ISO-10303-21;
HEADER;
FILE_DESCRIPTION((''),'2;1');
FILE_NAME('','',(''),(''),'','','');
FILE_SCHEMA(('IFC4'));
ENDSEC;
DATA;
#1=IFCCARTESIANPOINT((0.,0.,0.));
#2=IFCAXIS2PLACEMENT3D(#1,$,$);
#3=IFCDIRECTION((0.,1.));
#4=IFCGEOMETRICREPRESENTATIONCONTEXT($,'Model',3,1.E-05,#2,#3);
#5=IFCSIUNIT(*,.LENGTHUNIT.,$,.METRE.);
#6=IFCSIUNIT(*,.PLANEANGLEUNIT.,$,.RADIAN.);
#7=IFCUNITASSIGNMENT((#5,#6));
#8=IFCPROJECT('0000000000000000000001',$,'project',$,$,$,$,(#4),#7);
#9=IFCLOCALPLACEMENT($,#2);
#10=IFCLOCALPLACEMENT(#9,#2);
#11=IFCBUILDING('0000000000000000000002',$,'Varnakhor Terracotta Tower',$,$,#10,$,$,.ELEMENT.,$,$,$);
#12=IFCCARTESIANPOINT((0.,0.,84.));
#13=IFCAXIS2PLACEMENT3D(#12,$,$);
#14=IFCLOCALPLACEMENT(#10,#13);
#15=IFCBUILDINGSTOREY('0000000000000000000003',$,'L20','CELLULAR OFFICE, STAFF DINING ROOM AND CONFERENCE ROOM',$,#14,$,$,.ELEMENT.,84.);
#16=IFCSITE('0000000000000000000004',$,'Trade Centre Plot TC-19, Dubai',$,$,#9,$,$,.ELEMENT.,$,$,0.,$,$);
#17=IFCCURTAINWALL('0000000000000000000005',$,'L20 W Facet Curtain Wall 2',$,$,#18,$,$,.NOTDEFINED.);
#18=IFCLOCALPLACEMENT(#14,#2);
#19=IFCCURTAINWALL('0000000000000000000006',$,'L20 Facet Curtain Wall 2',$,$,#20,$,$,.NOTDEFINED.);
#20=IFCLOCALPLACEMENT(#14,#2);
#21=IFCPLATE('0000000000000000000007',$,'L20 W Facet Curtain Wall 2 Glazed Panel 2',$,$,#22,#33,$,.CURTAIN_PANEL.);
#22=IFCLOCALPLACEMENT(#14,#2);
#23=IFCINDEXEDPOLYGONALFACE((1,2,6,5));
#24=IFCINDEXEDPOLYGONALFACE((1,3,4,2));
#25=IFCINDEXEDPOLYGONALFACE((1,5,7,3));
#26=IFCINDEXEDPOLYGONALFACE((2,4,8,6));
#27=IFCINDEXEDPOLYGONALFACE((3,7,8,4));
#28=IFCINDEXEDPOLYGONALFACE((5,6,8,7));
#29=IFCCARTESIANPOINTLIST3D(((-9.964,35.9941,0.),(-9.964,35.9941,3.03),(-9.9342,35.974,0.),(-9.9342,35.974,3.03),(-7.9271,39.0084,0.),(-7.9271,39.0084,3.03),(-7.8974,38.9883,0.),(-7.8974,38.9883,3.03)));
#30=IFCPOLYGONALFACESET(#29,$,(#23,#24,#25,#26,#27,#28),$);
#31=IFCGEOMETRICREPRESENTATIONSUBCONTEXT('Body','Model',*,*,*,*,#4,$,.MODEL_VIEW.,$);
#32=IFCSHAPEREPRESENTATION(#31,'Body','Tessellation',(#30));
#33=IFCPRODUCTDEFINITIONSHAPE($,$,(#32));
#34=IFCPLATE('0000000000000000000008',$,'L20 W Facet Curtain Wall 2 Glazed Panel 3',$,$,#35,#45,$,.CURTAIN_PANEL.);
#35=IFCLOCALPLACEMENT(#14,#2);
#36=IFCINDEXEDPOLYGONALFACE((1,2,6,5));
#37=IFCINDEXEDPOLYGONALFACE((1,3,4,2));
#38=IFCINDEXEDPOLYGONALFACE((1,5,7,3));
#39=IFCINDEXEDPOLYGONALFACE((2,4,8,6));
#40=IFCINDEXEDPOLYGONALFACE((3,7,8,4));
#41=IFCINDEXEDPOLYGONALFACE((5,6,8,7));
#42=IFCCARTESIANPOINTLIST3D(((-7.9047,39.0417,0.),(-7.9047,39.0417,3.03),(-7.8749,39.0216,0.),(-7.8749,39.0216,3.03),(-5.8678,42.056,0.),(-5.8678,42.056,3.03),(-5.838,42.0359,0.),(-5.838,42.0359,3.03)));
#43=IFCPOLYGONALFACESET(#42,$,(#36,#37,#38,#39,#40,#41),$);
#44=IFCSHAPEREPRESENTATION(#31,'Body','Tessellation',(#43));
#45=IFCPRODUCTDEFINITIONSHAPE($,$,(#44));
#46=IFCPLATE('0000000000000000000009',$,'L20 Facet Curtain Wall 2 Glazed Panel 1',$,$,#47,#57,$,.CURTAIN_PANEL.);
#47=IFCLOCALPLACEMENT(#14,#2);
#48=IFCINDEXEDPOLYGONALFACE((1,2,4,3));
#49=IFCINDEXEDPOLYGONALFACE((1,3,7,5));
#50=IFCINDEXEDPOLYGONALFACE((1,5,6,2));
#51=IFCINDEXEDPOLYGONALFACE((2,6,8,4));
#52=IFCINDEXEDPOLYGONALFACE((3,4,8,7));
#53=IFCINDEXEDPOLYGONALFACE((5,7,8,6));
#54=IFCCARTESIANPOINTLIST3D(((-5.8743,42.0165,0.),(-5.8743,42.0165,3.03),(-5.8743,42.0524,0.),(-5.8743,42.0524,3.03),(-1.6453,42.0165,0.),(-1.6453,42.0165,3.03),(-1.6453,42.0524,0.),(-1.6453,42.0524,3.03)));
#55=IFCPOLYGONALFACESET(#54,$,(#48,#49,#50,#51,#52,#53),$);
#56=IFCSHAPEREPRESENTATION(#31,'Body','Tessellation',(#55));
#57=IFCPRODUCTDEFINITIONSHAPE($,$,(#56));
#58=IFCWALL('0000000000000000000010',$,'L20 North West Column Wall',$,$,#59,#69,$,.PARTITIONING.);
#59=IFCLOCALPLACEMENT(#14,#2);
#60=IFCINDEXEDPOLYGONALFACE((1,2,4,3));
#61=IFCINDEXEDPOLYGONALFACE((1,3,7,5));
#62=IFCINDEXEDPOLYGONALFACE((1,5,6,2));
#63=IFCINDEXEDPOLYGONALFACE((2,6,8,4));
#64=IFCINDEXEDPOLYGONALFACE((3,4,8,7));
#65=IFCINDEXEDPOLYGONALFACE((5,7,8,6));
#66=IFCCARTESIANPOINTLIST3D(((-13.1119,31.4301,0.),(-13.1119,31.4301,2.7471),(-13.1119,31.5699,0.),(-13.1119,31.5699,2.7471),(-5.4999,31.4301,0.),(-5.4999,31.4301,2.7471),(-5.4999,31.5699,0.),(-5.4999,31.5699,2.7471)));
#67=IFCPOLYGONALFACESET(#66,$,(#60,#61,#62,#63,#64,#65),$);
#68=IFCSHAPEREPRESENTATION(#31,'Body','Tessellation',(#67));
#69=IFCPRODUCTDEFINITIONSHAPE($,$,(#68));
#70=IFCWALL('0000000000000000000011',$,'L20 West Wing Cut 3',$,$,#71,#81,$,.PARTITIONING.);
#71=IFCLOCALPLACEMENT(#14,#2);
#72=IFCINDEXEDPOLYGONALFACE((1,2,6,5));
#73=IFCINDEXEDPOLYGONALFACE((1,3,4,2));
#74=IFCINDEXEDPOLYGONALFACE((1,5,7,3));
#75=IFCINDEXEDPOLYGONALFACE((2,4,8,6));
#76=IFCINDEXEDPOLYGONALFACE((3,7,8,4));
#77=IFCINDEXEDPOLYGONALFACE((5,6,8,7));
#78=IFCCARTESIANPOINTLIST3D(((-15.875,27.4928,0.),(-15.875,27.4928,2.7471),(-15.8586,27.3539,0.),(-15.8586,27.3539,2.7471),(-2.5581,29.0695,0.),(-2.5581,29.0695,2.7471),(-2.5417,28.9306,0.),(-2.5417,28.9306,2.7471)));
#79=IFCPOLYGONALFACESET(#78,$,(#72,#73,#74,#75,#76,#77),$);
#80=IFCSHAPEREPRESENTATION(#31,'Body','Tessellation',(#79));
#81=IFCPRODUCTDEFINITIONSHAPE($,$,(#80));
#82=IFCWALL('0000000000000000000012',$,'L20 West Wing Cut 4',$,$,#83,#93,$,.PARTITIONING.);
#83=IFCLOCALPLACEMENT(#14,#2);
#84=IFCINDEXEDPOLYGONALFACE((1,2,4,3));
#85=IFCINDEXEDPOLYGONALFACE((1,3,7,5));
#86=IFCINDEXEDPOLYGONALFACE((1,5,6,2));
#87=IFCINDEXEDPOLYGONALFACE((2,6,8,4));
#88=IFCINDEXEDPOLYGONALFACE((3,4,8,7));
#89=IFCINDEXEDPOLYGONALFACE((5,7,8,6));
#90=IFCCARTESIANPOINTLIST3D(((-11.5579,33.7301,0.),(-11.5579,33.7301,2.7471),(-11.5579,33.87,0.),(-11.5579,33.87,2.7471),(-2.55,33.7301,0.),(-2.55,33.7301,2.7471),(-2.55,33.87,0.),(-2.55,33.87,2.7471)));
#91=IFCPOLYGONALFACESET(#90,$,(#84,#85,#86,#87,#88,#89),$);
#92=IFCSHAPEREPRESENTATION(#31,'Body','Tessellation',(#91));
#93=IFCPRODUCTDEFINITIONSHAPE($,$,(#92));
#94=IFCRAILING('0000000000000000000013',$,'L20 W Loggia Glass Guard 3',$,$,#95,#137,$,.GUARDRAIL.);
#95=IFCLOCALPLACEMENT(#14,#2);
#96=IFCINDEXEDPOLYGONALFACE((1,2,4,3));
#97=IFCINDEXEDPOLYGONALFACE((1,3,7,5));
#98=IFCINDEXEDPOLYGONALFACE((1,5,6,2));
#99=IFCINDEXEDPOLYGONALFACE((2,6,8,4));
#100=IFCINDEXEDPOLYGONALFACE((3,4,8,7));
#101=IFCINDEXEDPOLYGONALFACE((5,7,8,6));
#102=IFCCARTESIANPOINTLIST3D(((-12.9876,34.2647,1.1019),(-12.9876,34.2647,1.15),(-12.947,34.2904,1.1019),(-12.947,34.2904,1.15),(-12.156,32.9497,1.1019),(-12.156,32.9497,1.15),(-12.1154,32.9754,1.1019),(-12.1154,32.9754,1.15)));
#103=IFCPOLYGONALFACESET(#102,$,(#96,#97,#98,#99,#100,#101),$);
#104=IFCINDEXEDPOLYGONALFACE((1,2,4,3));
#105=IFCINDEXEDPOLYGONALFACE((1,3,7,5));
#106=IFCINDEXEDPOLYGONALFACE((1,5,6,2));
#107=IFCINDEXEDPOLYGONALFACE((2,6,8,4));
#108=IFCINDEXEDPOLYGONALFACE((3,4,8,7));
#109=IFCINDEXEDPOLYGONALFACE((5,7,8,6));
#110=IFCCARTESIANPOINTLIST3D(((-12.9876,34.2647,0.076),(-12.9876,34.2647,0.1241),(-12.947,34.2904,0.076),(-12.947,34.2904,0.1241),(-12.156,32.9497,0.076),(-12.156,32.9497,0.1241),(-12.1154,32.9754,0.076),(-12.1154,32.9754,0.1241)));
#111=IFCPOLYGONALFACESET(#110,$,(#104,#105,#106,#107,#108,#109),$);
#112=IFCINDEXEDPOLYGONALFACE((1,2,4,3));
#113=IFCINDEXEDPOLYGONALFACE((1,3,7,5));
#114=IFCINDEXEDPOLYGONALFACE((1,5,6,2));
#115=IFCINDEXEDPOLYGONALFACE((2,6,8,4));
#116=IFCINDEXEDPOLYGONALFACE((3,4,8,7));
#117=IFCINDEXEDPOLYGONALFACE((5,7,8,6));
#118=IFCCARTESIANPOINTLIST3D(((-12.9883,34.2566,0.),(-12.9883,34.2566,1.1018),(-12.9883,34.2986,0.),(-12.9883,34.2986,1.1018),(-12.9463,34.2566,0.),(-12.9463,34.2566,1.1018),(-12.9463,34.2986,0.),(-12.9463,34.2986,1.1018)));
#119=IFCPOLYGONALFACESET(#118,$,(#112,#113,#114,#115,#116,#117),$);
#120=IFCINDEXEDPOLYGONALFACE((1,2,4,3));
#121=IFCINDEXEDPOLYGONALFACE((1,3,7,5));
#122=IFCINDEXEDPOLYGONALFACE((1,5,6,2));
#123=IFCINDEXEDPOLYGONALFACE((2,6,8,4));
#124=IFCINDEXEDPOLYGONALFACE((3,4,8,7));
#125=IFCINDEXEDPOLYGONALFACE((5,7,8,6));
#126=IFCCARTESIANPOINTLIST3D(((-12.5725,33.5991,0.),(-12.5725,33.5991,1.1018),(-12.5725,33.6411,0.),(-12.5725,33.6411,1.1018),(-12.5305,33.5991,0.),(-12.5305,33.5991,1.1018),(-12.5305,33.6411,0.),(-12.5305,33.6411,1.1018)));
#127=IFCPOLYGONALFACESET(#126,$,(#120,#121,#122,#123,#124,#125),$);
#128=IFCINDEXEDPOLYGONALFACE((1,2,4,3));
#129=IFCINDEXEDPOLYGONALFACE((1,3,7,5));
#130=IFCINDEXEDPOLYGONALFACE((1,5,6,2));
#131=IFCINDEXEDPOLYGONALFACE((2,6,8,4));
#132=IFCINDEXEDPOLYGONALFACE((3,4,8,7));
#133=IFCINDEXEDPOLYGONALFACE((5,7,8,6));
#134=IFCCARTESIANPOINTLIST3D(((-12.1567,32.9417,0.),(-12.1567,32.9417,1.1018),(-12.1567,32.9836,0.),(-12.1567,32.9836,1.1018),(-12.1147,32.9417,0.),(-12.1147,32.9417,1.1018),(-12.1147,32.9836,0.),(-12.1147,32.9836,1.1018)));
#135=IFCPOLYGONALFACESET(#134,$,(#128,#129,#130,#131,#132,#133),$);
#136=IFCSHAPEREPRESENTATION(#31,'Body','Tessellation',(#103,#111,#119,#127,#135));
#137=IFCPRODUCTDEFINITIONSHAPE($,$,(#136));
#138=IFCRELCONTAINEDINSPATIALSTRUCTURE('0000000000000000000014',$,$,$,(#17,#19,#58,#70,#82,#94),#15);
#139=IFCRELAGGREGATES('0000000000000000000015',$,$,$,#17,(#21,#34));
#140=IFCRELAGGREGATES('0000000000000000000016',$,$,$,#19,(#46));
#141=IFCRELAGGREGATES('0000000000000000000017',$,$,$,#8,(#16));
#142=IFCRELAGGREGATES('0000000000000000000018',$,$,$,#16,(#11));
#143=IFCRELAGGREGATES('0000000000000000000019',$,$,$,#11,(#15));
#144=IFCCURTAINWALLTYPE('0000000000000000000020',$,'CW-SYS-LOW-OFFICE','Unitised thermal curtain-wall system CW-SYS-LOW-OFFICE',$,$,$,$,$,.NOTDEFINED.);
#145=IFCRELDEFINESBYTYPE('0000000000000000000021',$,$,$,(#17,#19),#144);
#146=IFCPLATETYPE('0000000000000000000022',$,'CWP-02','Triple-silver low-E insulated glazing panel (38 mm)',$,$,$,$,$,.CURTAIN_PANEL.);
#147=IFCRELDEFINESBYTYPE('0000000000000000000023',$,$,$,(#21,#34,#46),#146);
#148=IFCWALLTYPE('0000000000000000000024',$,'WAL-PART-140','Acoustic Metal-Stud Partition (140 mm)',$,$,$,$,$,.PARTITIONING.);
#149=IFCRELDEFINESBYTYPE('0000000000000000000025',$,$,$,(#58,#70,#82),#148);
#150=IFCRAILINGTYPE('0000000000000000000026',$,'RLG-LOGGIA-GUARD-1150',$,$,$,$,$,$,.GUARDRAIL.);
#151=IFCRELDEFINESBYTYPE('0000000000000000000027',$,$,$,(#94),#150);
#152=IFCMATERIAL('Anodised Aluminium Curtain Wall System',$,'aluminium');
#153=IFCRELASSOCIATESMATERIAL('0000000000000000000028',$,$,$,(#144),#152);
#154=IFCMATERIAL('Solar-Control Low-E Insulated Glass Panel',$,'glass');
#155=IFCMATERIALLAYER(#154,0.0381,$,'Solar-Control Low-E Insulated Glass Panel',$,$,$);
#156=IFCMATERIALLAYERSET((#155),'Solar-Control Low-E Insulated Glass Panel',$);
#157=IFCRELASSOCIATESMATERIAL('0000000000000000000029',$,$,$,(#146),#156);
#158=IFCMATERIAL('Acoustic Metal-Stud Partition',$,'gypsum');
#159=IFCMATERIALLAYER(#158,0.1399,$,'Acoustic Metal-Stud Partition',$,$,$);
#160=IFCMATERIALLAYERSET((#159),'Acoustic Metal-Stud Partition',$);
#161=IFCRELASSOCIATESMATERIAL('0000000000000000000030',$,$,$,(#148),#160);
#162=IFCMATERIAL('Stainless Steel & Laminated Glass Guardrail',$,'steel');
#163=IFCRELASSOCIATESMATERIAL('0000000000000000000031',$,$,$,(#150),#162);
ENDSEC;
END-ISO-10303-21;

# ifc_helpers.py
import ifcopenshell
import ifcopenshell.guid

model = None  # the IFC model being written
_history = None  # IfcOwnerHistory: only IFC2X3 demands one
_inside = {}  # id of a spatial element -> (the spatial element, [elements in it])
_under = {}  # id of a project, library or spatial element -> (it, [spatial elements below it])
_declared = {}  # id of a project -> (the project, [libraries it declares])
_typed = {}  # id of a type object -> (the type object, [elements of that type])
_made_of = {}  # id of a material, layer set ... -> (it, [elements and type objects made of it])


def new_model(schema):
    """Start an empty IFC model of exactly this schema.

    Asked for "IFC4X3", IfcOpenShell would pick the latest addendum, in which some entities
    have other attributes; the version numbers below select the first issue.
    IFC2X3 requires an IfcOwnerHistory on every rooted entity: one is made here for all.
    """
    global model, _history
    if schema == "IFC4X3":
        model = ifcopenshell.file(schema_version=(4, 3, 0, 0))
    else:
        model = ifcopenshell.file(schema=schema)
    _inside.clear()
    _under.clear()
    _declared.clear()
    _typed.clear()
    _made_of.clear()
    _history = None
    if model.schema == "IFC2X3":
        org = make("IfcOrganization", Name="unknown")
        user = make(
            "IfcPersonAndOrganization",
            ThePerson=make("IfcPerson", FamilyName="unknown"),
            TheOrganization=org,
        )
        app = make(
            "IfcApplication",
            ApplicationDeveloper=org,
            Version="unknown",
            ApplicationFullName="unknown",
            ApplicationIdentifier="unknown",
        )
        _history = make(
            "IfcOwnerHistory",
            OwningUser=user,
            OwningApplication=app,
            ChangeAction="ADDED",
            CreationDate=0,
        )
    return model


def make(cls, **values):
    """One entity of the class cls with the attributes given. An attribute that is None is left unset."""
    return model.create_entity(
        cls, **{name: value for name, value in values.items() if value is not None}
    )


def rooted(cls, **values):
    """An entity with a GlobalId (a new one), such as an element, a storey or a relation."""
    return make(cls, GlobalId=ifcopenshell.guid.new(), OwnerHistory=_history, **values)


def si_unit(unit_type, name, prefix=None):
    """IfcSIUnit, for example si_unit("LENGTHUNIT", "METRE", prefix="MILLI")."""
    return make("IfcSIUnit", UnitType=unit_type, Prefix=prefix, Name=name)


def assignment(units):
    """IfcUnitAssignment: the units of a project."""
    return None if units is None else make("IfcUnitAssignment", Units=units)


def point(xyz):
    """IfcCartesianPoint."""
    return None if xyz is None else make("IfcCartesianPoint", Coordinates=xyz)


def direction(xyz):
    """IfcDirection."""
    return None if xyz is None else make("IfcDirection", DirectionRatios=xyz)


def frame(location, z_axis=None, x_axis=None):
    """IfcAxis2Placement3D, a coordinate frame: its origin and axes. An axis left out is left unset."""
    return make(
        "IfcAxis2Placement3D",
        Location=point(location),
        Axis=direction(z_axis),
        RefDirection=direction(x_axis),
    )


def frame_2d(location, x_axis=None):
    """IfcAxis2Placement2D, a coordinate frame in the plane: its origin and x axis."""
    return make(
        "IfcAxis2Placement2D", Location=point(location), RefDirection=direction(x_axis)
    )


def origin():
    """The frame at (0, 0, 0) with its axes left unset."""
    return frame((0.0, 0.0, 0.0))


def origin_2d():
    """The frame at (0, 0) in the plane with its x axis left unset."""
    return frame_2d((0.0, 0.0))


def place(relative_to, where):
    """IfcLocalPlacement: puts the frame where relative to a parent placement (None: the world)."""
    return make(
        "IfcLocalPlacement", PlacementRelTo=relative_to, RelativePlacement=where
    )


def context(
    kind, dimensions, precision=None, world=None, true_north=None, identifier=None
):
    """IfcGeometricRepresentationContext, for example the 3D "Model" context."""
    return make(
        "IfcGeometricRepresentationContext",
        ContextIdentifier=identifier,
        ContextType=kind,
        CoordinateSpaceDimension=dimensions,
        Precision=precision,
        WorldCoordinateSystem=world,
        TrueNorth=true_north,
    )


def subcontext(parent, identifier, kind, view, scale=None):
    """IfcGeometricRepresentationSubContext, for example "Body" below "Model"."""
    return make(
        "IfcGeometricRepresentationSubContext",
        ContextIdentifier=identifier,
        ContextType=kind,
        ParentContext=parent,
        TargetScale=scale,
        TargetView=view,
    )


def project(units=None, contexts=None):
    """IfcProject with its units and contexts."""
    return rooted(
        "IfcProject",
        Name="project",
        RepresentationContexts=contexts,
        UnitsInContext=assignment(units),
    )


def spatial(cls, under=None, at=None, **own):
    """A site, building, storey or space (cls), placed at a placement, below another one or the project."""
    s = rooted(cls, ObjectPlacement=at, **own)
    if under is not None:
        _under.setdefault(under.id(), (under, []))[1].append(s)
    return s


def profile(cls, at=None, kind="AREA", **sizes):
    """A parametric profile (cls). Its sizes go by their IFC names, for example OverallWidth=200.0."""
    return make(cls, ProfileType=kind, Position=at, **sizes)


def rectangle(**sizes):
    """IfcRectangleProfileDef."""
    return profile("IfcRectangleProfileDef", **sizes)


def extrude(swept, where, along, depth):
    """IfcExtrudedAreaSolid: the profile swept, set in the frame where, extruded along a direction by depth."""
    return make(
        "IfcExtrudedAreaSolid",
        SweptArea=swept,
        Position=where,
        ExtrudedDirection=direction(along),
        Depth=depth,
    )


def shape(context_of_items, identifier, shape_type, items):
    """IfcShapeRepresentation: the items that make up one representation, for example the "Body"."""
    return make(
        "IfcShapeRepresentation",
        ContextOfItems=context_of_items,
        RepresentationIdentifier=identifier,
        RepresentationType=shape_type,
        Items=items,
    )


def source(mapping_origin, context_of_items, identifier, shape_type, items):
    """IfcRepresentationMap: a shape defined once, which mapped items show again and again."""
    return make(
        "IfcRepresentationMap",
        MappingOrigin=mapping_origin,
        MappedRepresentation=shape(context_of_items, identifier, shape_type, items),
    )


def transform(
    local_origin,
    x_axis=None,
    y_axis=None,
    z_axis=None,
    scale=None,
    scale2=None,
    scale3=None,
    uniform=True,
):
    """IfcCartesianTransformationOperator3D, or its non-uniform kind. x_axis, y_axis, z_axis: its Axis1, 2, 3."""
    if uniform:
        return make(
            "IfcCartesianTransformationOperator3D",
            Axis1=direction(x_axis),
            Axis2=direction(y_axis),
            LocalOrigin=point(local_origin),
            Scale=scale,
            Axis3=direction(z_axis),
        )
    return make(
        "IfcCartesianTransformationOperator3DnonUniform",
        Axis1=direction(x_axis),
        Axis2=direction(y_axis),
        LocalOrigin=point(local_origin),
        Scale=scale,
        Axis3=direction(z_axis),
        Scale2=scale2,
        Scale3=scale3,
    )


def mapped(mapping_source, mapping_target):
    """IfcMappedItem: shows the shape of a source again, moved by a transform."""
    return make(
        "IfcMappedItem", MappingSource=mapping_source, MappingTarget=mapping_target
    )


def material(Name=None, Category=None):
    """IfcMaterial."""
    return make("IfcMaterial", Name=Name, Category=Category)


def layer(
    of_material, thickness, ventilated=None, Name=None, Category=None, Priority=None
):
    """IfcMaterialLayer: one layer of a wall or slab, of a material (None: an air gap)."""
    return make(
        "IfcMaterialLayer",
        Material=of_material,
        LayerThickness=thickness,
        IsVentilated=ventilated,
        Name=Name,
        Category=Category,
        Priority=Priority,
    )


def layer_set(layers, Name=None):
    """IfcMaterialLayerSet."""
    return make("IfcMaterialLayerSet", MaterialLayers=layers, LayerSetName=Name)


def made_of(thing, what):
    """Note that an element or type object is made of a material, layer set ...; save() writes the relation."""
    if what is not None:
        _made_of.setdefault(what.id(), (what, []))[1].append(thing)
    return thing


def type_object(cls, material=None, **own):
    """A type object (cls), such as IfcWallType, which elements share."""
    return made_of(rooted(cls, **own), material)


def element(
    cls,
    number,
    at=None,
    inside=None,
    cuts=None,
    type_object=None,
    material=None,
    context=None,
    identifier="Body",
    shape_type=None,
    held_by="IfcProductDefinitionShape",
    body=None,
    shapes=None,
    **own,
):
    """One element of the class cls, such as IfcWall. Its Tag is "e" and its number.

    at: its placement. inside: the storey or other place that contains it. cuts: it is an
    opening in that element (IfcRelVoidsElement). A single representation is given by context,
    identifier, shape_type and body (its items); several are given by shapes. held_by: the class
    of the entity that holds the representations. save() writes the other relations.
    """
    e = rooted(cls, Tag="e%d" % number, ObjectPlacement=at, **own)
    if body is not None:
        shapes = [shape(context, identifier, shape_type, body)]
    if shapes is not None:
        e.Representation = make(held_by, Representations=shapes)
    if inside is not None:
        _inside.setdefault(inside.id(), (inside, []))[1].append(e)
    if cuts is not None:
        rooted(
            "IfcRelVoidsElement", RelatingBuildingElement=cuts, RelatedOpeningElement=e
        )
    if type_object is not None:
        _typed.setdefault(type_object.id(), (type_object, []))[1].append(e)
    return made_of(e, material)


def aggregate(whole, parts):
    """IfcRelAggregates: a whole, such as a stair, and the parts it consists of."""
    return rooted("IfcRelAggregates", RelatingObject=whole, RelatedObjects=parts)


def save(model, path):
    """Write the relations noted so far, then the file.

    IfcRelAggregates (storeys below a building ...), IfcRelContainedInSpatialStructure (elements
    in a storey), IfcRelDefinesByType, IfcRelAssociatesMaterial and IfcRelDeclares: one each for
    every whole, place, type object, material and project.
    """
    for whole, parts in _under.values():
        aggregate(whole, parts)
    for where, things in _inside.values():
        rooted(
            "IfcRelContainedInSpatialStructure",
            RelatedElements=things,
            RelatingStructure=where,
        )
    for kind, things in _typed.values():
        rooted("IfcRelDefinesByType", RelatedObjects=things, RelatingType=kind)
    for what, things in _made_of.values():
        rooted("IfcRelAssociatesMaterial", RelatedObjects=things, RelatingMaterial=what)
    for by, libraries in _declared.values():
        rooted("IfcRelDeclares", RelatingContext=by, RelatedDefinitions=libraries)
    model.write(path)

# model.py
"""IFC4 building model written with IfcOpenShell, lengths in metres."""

from ifc_helpers import new_model, si_unit, direction, frame, frame_2d, origin, origin_2d, place, context, subcontext, project, spatial, rectangle, extrude, source, transform, mapped, material, layer, layer_set, type_object, element, aggregate, save


model = new_model("IFC4")

# Units and contexts
model_context = context("Model", 3, precision=1e-05, world=origin(), true_north=direction((0.0, 1.0)))
body_context = subcontext(model_context, "Body", "Model", "MODEL_VIEW")
ifc_project = project(units=[si_unit("LENGTHUNIT", "METRE"), si_unit("PLANEANGLEUNIT", "RADIAN")], contexts=[model_context])

# Site, building, storey
site_placement = place(None, origin())
site = spatial("IfcSite", under=ifc_project, at=site_placement, Name="Trade Centre Plot TC-19, Dubai", CompositionType="ELEMENT", RefElevation=0.0)
building_placement = place(site_placement, origin())
building = spatial("IfcBuilding", under=site, at=building_placement, Name="Varnakhor Terracotta Tower", CompositionType="ELEMENT")
storey_placement = place(building_placement, frame((0.0, 0.0, 84.0)))
storey = spatial("IfcBuildingStorey", under=building, at=storey_placement, Name="L20", Description="CELLULAR OFFICE, STAFF DINING ROOM AND CONFERENCE ROOM", CompositionType="ELEMENT", Elevation=84.0)

# Curtain walls
ifc_material_1 = material(Name="Anodised Aluminium Curtain Wall System", Category="aluminium")
curtain_wall_type = type_object("IfcCurtainWallType", Name="CW-SYS-LOW-OFFICE", Description="Unitised thermal curtain-wall system CW-SYS-LOW-OFFICE", PredefinedType="NOTDEFINED", material=ifc_material_1)
curtain_wall_1_placement = place(storey_placement, origin())
curtain_wall_1 = element("IfcCurtainWall", 1, at=curtain_wall_1_placement, inside=storey, type_object=curtain_wall_type, Name="L20 W Facet Curtain Wall 2", PredefinedType="NOTDEFINED")
curtain_wall_2_placement = place(storey_placement, origin())
curtain_wall_2 = element("IfcCurtainWall", 2, at=curtain_wall_2_placement, inside=storey, type_object=curtain_wall_type, Name="L20 Facet Curtain Wall 2", PredefinedType="NOTDEFINED")

# Plates
ifc_material_2 = material(Name="Solar-Control Low-E Insulated Glass Panel", Category="glass")
ifc_layer_1 = layer(ifc_material_2, 0.0381, Name="Solar-Control Low-E Insulated Glass Panel")
ifc_layer_set_1 = layer_set([ifc_layer_1], Name="Solar-Control Low-E Insulated Glass Panel")
plate_type = type_object("IfcPlateType", Name="CWP-02", Description="Triple-silver low-E insulated glazing panel (38 mm)", PredefinedType="CURTAIN_PANEL", material=ifc_layer_set_1)
shared_shape_1 = source(origin(), body_context, "Body", "SweptSolid", [
    extrude(rectangle(XDim=3.6379, YDim=0.0359, at=origin_2d()), origin(), (0.0, 0.0, 1.0), 3.03),
])
plate_1_placement = place(storey_placement, frame((-8.9307, 37.4912, 0.0), z_axis=(0.0, 0.0, 1.0), x_axis=(0.559902, 0.828559, 0.0)))
plate_1 = element("IfcPlate", 3, at=plate_1_placement, type_object=plate_type, Name="L20 W Facet Curtain Wall 2 Glazed Panel 2", PredefinedType="CURTAIN_PANEL", context=body_context, shape_type="MappedRepresentation", body=[
    mapped(shared_shape_1, transform((0.0, 0.0, 0.0), scale=1.0)),
])
plate_2_placement = place(storey_placement, frame((-6.8713, 40.5388, 0.0), z_axis=(0.0, 0.0, 1.0), x_axis=(0.559902, 0.828559, 0.0)))
plate_2 = element("IfcPlate", 4, at=plate_2_placement, type_object=plate_type, Name="L20 W Facet Curtain Wall 2 Glazed Panel 3", PredefinedType="CURTAIN_PANEL", context=body_context, shape_type="MappedRepresentation", body=[
    mapped(shared_shape_1, transform((0.0, 0.0, 0.0), scale=1.0)),
])
aggregate(curtain_wall_1, [plate_1, plate_2])
shared_shape_2 = source(origin(), body_context, "Body", "SweptSolid", [
    extrude(rectangle(XDim=4.229, YDim=0.0359, at=origin_2d()), origin(), (0.0, 0.0, 1.0), 3.03),
])
plate_3_placement = place(storey_placement, frame((-3.7598, 42.0344, 0.0), z_axis=(0.0, 0.0, 1.0), x_axis=(1.0, 0.0, 0.0)))
plate_3 = element("IfcPlate", 5, at=plate_3_placement, type_object=plate_type, Name="L20 Facet Curtain Wall 2 Glazed Panel 1", PredefinedType="CURTAIN_PANEL", context=body_context, shape_type="MappedRepresentation", body=[
    mapped(shared_shape_2, transform((0.0, 0.0, 0.0), scale=1.0)),
])
aggregate(curtain_wall_2, [plate_3])

# Walls
ifc_material_3 = material(Name="Acoustic Metal-Stud Partition", Category="gypsum")
ifc_layer_2 = layer(ifc_material_3, 0.1399, Name="Acoustic Metal-Stud Partition")
ifc_layer_set_2 = layer_set([ifc_layer_2], Name="Acoustic Metal-Stud Partition")
wall_type = type_object("IfcWallType", Name="WAL-PART-140", Description="Acoustic Metal-Stud Partition (140 mm)", PredefinedType="PARTITIONING", material=ifc_layer_set_2)
wall_1_placement = place(storey_placement, frame((-13.1121, 31.5, 0.0), z_axis=(0.0, 0.0, 1.0), x_axis=(1.0, 0.0, 0.0)))
element("IfcWall", 6, at=wall_1_placement, inside=storey, type_object=wall_type, Name="L20 North West Column Wall", PredefinedType="PARTITIONING", context=body_context, shape_type="SweptSolid", body=[
    extrude(rectangle(XDim=7.6121, YDim=0.1399, at=frame_2d((3.8062, 0.0))), origin(), (0.0, 0.0, 1.0), 2.7471),
])
wall_2_placement = place(storey_placement, frame((-15.8669, 27.4233, 0.0), z_axis=(0.0, 0.0, 1.0), x_axis=(0.993064, 0.117574, 0.0)))
element("IfcWall", 7, at=wall_2_placement, inside=storey, type_object=wall_type, Name="L20 West Wing Cut 3", PredefinedType="PARTITIONING", context=body_context, shape_type="SweptSolid", body=[
    extrude(rectangle(XDim=13.4099, YDim=0.1399, at=frame_2d((6.7051, 0.0))), origin(), (0.0, 0.0, 1.0), 2.7471),
])
wall_3_placement = place(storey_placement, frame((-11.5579, 33.8, 0.0), z_axis=(0.0, 0.0, 1.0), x_axis=(1.0, 0.0, 0.0)))
element("IfcWall", 8, at=wall_3_placement, inside=storey, type_object=wall_type, Name="L20 West Wing Cut 4", PredefinedType="PARTITIONING", context=body_context, shape_type="SweptSolid", body=[
    extrude(rectangle(XDim=9.0078, YDim=0.1399, at=frame_2d((4.5039, 0.0))), origin(), (0.0, 0.0, 1.0), 2.7471),
])

# Railing
ifc_material_4 = material(Name="Stainless Steel & Laminated Glass Guardrail", Category="steel")
railing_type = type_object("IfcRailingType", Name="RLG-LOGGIA-GUARD-1150", PredefinedType="GUARDRAIL", material=ifc_material_4)
railing_placement = place(storey_placement, frame((-12.9673, 34.2776, 0.0)))
element("IfcRailing", 9, at=railing_placement, inside=storey, type_object=railing_type, Name="L20 W Loggia Glass Guard 3", PredefinedType="GUARDRAIL", context=body_context, shape_type="SweptSolid", body=[
    extrude(rectangle(XDim=0.0481, YDim=0.0481, at=origin_2d()), frame((0.0, 0.0, 1.126), z_axis=(0.534477, -0.845183, 0.0), x_axis=(0.845183, 0.534477, 0.0)), (0.0, 0.0, 1.0), 1.5559),
    extrude(rectangle(XDim=0.0481, YDim=0.0481, at=origin_2d()), frame((0.0, 0.0, 0.1001), z_axis=(0.534477, -0.845183, 0.0), x_axis=(0.845183, 0.534477, 0.0)), (0.0, 0.0, 1.0), 1.5559),
    extrude(rectangle(XDim=0.042, YDim=0.042, at=origin_2d()), origin(), (0.0, 0.0, 1.0), 1.1018),
    extrude(rectangle(XDim=0.042, YDim=0.042, at=origin_2d()), frame((0.4158, -0.6575, 0.0)), (0.0, 0.0, 1.0), 1.1018),
    extrude(rectangle(XDim=0.042, YDim=0.042, at=origin_2d()), frame((0.8315, -1.3149, 0.0)), (0.0, 0.0, 1.0), 1.1018),
])

save(model, "model.ifc")
